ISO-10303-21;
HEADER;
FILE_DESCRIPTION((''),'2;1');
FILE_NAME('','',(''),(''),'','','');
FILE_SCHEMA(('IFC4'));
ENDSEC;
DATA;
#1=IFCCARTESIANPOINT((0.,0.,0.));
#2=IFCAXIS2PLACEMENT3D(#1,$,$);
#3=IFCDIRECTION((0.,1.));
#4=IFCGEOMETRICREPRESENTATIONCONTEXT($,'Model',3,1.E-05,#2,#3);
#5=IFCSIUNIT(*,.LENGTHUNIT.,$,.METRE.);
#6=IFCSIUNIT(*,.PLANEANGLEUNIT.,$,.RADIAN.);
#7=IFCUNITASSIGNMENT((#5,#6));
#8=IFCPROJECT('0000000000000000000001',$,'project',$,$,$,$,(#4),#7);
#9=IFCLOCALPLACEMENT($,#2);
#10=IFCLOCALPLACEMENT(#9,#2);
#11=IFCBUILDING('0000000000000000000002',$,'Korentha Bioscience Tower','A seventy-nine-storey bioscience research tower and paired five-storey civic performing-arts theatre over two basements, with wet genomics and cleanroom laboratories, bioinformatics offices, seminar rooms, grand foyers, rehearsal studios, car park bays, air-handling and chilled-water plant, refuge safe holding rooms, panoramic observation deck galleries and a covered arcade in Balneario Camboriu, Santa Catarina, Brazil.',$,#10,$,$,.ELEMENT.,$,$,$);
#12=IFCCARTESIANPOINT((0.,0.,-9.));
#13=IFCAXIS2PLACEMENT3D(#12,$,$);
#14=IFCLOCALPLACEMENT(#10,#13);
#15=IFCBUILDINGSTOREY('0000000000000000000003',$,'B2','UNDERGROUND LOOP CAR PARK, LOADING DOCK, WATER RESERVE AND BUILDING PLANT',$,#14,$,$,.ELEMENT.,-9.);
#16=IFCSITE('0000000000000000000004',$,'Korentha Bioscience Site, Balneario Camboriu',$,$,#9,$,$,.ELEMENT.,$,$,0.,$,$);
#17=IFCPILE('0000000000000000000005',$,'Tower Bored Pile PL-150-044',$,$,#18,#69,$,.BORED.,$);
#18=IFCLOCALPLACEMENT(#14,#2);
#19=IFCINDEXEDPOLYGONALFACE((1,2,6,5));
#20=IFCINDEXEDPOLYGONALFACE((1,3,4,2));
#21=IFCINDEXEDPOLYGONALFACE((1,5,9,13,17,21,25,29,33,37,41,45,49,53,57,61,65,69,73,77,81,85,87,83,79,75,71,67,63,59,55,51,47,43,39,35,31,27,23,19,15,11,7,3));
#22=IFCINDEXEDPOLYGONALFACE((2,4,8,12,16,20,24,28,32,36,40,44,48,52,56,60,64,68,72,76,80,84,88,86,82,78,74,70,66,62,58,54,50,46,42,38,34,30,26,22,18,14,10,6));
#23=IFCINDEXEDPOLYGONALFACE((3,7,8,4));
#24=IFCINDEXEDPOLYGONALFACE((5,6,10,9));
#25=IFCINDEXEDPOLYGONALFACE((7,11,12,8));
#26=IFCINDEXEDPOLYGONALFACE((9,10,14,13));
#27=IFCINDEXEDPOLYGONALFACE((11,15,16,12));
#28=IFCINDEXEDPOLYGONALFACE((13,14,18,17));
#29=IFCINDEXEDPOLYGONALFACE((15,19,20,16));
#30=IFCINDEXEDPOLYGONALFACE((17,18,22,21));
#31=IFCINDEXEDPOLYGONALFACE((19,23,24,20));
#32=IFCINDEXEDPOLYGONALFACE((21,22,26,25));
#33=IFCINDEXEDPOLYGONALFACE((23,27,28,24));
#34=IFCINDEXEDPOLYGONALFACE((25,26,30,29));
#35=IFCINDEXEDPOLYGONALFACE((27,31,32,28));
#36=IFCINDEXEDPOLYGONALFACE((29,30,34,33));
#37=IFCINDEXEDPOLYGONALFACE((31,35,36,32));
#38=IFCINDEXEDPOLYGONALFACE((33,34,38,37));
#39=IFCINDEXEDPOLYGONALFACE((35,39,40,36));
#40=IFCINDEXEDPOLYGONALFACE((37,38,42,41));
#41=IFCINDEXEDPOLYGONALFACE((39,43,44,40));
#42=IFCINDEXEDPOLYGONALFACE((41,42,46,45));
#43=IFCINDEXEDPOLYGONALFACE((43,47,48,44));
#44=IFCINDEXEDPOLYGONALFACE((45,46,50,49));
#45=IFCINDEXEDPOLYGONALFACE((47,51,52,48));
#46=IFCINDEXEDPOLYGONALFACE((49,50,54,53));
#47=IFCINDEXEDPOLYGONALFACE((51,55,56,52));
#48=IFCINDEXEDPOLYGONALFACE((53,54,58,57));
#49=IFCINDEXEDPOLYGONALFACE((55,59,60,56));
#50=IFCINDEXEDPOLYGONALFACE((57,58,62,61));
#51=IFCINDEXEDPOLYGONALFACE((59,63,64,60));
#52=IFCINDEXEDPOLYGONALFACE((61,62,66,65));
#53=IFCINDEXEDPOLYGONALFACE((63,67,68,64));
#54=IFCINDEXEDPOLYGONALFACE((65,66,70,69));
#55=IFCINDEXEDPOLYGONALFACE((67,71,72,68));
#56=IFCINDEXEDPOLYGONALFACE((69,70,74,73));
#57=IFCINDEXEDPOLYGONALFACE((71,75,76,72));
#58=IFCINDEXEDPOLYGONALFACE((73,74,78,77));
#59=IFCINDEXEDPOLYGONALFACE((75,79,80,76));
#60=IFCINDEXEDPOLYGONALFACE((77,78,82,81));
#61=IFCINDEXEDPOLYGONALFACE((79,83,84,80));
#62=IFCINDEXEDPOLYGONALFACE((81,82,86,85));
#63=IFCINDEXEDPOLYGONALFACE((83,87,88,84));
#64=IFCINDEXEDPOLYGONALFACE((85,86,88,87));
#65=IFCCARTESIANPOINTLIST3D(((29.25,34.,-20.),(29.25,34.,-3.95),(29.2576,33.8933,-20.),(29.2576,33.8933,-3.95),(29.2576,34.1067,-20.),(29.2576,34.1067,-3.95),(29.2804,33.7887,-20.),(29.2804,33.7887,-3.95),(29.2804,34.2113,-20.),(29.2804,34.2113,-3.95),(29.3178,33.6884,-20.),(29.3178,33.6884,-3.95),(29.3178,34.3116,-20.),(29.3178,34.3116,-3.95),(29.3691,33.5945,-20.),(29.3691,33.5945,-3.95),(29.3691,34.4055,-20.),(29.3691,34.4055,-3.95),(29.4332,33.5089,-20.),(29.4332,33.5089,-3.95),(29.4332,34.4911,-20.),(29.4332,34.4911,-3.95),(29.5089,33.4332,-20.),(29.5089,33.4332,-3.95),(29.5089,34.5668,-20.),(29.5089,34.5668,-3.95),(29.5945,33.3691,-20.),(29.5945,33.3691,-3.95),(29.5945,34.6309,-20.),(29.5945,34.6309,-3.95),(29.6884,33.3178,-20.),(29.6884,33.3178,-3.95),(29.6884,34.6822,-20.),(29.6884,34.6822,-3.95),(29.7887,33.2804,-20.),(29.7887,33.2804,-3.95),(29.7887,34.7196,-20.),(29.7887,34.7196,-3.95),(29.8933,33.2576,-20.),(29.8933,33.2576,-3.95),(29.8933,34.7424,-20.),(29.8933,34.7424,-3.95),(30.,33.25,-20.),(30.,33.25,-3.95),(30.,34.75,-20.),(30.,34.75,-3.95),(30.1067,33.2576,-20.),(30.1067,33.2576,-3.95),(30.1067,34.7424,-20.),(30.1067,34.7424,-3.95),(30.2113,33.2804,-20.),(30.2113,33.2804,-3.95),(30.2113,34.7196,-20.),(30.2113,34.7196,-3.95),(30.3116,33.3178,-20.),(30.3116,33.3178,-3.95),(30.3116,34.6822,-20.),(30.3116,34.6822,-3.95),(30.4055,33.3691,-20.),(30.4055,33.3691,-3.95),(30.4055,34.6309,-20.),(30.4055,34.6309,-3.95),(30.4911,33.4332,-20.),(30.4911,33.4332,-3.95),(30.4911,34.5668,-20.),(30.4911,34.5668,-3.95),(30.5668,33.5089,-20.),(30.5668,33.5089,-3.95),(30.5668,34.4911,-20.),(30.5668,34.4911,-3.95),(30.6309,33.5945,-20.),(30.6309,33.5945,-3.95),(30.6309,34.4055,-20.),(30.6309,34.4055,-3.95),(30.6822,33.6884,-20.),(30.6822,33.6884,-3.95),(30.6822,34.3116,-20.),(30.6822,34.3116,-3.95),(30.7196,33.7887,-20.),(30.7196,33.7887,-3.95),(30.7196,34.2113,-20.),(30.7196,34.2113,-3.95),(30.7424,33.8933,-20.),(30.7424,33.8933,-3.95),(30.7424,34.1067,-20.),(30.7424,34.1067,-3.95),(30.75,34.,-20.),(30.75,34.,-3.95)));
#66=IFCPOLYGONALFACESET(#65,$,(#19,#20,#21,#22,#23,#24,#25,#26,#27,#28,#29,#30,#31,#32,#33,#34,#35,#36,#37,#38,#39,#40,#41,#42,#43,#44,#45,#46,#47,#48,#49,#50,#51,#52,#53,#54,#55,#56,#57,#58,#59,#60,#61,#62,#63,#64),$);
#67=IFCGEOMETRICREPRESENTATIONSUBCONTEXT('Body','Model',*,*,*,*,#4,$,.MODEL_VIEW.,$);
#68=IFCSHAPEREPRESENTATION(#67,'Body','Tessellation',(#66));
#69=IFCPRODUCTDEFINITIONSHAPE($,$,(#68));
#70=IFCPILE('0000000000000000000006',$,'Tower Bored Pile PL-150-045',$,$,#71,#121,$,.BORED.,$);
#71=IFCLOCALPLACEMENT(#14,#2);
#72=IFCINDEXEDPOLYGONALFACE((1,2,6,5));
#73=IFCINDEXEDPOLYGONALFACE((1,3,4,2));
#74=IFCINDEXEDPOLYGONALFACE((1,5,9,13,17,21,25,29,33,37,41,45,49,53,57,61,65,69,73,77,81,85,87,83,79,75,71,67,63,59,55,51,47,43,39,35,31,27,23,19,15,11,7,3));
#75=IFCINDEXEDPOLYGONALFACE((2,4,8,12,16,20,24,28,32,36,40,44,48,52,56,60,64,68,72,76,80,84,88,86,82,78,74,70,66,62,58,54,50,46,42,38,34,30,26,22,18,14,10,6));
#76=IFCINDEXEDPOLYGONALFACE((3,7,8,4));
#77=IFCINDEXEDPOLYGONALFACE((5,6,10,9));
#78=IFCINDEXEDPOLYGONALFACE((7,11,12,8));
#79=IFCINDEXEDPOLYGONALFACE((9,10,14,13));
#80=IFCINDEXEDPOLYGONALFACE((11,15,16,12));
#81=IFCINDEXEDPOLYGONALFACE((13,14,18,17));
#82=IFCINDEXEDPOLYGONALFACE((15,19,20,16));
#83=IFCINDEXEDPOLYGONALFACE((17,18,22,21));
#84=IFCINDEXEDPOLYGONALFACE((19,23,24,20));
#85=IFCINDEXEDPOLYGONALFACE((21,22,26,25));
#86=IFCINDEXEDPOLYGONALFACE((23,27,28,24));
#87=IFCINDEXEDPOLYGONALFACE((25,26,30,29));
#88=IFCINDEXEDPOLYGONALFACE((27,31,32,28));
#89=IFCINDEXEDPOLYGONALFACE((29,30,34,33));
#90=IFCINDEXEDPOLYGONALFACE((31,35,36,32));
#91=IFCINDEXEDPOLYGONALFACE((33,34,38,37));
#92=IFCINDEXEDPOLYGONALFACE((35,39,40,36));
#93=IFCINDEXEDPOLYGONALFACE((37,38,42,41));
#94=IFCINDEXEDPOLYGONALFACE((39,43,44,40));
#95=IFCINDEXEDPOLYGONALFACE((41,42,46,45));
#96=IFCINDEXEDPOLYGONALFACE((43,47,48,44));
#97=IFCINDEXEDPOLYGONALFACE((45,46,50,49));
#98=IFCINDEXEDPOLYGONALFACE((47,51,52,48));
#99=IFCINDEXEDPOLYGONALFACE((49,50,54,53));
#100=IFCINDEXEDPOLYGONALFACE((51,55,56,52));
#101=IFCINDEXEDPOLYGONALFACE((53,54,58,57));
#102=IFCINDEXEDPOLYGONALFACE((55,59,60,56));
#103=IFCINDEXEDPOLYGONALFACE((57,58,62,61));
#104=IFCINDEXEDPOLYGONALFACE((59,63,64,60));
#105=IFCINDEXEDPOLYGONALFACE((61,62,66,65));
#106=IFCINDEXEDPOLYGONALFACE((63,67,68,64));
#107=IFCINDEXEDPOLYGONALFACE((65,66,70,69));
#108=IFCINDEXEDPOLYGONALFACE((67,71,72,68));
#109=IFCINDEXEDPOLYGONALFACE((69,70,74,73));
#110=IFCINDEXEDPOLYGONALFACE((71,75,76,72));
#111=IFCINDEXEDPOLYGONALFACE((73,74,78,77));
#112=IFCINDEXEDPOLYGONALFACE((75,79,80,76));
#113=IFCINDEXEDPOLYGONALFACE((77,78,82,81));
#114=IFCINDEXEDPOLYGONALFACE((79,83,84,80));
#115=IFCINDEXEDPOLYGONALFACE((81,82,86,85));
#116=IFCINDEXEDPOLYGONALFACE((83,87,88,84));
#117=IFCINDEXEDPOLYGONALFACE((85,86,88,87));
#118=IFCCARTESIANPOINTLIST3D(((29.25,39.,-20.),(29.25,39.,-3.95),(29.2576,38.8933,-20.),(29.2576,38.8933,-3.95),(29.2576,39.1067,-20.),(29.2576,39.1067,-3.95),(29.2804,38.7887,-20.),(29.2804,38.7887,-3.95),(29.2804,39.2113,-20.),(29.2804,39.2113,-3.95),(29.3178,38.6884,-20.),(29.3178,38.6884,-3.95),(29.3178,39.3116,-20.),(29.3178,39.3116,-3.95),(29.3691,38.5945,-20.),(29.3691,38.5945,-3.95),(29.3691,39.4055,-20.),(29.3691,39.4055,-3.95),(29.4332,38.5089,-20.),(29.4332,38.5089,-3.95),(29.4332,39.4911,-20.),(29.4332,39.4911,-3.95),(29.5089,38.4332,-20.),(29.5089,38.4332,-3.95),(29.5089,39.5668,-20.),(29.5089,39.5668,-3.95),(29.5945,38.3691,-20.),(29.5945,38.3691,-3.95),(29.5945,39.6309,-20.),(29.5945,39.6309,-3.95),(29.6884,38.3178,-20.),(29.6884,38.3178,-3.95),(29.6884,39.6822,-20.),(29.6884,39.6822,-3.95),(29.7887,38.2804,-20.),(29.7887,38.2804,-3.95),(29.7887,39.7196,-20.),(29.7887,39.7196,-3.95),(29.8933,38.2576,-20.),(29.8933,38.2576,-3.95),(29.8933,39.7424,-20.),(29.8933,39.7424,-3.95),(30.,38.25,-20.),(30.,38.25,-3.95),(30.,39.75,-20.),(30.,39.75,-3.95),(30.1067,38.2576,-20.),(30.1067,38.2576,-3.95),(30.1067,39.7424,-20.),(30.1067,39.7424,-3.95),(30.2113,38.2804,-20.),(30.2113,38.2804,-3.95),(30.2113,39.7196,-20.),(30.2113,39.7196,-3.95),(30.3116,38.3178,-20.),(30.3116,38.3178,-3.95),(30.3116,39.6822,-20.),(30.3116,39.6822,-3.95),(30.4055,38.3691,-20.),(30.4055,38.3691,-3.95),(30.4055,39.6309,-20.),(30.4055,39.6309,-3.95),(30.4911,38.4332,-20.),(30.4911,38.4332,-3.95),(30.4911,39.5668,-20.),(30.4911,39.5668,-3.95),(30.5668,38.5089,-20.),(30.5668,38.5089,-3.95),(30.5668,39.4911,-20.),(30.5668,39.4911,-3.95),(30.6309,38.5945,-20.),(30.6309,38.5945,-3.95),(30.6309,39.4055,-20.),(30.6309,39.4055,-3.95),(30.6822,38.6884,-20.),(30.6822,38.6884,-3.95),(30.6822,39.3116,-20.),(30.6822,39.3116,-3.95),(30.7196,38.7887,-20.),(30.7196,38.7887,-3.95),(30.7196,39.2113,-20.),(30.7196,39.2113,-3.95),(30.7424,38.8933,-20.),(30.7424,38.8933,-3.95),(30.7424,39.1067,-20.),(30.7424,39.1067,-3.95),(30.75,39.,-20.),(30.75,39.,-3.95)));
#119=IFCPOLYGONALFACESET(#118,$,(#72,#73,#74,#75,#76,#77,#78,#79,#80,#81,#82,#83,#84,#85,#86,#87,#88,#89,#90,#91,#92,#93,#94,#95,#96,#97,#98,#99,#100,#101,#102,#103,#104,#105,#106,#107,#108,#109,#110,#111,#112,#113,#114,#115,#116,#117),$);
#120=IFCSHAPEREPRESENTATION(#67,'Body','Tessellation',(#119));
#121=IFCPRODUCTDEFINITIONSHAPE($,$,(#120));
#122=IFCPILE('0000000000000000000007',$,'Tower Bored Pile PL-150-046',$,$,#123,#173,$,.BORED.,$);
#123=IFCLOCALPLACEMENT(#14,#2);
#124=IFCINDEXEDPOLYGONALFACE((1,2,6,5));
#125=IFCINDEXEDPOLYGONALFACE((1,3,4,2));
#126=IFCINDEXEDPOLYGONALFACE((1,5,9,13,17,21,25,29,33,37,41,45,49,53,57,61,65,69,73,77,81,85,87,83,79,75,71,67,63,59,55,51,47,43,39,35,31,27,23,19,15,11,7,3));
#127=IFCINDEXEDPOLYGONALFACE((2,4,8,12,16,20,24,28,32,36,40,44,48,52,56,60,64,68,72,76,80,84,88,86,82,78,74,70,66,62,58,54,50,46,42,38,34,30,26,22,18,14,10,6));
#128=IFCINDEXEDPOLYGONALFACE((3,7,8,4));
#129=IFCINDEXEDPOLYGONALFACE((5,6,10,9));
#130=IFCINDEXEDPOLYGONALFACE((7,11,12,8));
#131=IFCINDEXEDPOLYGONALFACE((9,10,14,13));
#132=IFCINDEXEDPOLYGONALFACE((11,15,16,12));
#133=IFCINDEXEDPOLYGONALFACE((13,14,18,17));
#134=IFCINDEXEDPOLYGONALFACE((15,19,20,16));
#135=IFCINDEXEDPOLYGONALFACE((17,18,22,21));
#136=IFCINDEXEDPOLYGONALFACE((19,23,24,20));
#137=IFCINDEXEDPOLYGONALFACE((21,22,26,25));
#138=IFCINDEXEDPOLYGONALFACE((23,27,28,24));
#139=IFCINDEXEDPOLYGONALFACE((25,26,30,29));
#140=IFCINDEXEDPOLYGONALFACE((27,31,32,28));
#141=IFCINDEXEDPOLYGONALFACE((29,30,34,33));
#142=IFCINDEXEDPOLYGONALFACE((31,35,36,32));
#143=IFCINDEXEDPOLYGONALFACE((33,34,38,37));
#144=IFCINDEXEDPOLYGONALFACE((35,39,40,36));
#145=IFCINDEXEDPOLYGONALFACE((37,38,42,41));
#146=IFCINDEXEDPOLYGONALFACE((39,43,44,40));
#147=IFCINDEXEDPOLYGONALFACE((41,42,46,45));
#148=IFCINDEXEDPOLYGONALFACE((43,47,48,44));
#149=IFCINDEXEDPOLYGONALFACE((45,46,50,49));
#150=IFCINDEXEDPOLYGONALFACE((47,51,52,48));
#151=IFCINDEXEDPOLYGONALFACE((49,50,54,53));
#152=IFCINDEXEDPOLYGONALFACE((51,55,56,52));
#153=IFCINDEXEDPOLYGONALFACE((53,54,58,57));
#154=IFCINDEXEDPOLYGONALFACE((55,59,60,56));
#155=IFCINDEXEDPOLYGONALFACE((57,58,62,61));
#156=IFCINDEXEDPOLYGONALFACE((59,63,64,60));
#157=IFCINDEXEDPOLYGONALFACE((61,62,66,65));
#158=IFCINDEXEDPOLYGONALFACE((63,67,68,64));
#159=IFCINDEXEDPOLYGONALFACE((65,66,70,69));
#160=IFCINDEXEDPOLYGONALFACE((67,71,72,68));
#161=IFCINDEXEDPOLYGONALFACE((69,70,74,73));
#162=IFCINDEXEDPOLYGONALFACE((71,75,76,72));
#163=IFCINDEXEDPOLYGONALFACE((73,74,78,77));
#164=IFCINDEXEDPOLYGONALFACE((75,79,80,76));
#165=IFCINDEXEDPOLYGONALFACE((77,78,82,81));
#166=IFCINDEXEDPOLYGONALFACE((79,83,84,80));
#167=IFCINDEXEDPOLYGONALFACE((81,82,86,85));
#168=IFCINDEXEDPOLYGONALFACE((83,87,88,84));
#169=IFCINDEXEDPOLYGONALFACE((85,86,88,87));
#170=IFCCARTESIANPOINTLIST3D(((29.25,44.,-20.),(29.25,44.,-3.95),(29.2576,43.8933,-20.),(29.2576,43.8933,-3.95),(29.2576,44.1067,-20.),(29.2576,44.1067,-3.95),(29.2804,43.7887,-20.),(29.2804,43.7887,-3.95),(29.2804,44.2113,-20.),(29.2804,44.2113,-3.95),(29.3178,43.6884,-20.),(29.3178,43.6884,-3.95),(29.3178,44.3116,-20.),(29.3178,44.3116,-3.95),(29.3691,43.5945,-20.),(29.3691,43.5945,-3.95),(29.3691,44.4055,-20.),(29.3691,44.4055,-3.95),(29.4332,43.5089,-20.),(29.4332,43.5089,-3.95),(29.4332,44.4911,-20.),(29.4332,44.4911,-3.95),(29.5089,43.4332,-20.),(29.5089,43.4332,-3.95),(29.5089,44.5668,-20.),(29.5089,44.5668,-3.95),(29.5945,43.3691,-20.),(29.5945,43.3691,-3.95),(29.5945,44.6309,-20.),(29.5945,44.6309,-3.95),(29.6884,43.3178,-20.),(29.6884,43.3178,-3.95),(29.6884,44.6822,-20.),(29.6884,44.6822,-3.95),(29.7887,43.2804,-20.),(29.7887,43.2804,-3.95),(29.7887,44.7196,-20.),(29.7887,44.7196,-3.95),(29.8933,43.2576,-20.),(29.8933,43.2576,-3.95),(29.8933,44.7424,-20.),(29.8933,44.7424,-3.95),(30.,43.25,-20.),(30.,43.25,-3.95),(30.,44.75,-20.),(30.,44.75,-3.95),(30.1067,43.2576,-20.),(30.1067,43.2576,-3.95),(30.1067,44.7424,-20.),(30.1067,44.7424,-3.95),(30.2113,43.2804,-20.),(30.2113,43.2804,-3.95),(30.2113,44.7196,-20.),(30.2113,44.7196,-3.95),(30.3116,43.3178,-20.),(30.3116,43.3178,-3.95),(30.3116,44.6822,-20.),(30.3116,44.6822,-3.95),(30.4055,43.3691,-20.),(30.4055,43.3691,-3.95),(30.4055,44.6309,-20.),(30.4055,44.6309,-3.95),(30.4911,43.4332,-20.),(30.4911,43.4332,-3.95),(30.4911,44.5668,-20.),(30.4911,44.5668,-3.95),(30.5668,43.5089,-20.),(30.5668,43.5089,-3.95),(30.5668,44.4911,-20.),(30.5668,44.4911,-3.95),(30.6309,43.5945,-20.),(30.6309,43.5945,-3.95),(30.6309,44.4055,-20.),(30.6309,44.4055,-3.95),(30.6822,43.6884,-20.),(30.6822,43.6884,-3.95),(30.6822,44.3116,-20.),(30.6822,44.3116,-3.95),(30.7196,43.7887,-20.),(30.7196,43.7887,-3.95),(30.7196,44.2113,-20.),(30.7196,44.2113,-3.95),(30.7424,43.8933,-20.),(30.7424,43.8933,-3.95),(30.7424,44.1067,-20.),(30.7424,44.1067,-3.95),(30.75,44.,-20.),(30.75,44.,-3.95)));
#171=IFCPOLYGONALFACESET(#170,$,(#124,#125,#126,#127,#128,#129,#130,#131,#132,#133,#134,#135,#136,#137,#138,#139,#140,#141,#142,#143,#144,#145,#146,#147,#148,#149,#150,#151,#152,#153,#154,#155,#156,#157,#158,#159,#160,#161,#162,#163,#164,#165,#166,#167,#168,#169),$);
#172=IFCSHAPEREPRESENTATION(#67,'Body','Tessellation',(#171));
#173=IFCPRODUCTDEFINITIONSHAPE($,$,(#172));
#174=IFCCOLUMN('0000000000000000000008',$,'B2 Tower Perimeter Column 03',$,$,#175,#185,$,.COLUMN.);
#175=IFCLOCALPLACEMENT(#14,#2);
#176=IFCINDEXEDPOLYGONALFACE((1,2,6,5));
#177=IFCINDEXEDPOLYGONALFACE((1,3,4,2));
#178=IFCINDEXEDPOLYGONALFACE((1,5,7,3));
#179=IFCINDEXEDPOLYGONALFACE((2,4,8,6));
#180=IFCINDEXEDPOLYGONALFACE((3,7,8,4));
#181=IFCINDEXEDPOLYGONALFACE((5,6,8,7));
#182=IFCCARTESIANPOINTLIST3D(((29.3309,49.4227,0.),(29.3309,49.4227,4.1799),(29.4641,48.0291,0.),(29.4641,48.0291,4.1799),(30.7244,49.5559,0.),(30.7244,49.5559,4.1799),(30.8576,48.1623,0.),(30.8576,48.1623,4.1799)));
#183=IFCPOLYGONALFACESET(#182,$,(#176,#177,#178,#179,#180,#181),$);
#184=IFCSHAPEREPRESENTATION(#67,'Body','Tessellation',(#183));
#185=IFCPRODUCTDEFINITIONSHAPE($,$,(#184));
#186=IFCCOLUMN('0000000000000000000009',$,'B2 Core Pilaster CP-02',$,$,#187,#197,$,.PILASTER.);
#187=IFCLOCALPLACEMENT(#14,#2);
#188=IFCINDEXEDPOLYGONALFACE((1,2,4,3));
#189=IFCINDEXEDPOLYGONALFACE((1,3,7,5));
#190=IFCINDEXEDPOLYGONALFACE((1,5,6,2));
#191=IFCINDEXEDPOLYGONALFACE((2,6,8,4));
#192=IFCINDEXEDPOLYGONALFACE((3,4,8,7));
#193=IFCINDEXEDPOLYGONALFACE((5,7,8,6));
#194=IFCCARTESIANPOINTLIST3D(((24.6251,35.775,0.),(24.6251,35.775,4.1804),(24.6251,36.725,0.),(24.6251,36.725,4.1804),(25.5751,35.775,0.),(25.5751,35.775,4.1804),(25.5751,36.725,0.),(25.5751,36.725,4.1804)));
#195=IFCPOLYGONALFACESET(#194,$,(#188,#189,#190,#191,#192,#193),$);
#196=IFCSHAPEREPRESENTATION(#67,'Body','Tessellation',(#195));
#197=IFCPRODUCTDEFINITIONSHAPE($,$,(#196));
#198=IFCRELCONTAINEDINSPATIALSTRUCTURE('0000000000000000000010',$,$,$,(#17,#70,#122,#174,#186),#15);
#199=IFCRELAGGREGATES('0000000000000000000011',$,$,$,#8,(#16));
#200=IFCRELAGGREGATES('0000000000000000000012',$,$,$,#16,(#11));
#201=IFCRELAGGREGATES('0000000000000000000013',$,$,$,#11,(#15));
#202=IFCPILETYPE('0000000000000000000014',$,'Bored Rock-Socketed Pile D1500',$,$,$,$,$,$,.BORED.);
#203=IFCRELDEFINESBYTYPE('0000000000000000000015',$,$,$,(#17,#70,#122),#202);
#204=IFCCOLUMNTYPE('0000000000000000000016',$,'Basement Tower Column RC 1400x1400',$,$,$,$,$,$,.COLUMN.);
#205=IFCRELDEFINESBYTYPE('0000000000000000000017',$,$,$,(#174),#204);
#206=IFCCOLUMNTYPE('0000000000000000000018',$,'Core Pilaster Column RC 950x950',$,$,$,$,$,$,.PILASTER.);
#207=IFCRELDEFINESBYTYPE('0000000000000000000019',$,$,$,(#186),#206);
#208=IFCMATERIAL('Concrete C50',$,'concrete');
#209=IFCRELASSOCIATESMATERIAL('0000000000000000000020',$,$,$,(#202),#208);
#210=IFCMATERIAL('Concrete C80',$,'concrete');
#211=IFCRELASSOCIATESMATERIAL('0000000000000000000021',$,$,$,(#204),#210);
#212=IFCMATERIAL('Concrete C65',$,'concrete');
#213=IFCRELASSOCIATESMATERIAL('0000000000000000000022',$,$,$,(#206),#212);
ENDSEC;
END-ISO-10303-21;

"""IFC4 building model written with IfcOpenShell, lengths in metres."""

from ifc_helpers import new_model, si_unit, direction, frame, origin, origin_2d, place, context, subcontext, project, spatial, rectangle, circle, extrude, material, material_profile, profile_set, type_object, element, save


model = new_model("IFC4")

# Units and contexts
model_context = context("Model", 3, precision=1e-05, world=origin(), true_north=direction((0.0, 1.0)))
body_context = subcontext(model_context, "Body", "Model", "MODEL_VIEW")
ifc_project = project(units=[si_unit("LENGTHUNIT", "METRE"), si_unit("PLANEANGLEUNIT", "RADIAN")], contexts=[model_context])

# Site, building, storey
site_placement = place(None, origin())
site = spatial("IfcSite", under=ifc_project, at=site_placement, Name="Korentha Bioscience Site, Balneario Camboriu", CompositionType="ELEMENT", RefElevation=0.0)
building_placement = place(site_placement, origin())
building = spatial("IfcBuilding", under=site, at=building_placement, Name="Korentha Bioscience Tower", Description="A seventy-nine-storey bioscience research tower and paired five-storey civic performing-arts theatre over two basements, with wet genomics and cleanroom laboratories, bioinformatics offices, seminar rooms, grand foyers, rehearsal studios, car park bays, air-handling and chilled-water plant, refuge safe holding rooms, panoramic observation deck galleries and a covered arcade in Balneario Camboriu, Santa Catarina, Brazil.", CompositionType="ELEMENT")
storey_placement = place(building_placement, frame((0.0, 0.0, -9.0)))
storey = spatial("IfcBuildingStorey", under=building, at=storey_placement, Name="B2", Description="UNDERGROUND LOOP CAR PARK, LOADING DOCK, WATER RESERVE AND BUILDING PLANT", CompositionType="ELEMENT", Elevation=-9.0)

# Piles
ifc_material_1 = material(Name="Concrete C50", Category="concrete")
ifc_material_profile_1 = material_profile(ifc_material_1, circle(Radius=0.75, at=origin_2d()), Name="Concrete C50")
ifc_profile_set_1 = profile_set([ifc_material_profile_1], Name="Concrete C50 (PL-150)")
pile_type = type_object("IfcPileType", Name="Bored Rock-Socketed Pile D1500", PredefinedType="BORED", material=ifc_profile_set_1)
for number, where, z_axis, x_axis, name in (
    (1, (30.0, 34.0, -3.95), (0.0, 0.0, -1.0), (1.0, 0.0, 0.0), "Tower Bored Pile PL-150-044"),
    (2, (30.0, 39.0, -3.95), (0.0, 0.0, -1.0), (1.0, 0.0, 0.0), "Tower Bored Pile PL-150-045"),
    (3, (30.0, 44.0, -3.95), (0.0, 0.0, -1.0), (1.0, 0.0, 0.0), "Tower Bored Pile PL-150-046"),
):
    element("IfcPile", number, at=place(storey_placement, frame(where, z_axis=z_axis, x_axis=x_axis)), inside=storey, type_object=pile_type, Name=name, PredefinedType="BORED", context=body_context, shape_type="SweptSolid", body=[
        extrude(circle(Radius=0.75, at=origin_2d()), origin(), (0.0, 0.0, 1.0), 16.05),
    ])

# Columns
ifc_material_2 = material(Name="Concrete C80", Category="concrete")
ifc_material_profile_2 = material_profile(ifc_material_2, rectangle(XDim=1.3999, YDim=1.3999, at=origin_2d()), Name="Concrete C80")
ifc_profile_set_2 = profile_set([ifc_material_profile_2], Name="Concrete C80 (COL-B14)")
column_type_1 = type_object("IfcColumnType", Name="Basement Tower Column RC 1400x1400", PredefinedType="COLUMN", material=ifc_profile_set_2)
column_1_placement = place(storey_placement, frame((30.0942, 48.7925, 0.0), z_axis=(0.0, 0.0, 1.0), x_axis=(0.995463, 0.095151, 0.0)))
element("IfcColumn", 4, at=column_1_placement, inside=storey, type_object=column_type_1, Name="B2 Tower Perimeter Column 03", PredefinedType="COLUMN", context=body_context, shape_type="SweptSolid", body=[
    extrude(rectangle(XDim=1.3999, YDim=1.3999, at=origin_2d()), origin(), (0.0, 0.0, 1.0), 4.1799),
])
ifc_material_3 = material(Name="Concrete C65", Category="concrete")
ifc_material_profile_3 = material_profile(ifc_material_3, rectangle(XDim=0.95, YDim=0.95, at=origin_2d()), Name="Concrete C65")
ifc_profile_set_3 = profile_set([ifc_material_profile_3], Name="Concrete C65 (COL-CP09)")
column_type_2 = type_object("IfcColumnType", Name="Core Pilaster Column RC 950x950", PredefinedType="PILASTER", material=ifc_profile_set_3)
column_2_placement = place(storey_placement, frame((25.1001, 36.25, 0.0), z_axis=(0.0, 0.0, 1.0), x_axis=(1.0, 0.0, 0.0)))
element("IfcColumn", 5, at=column_2_placement, inside=storey, type_object=column_type_2, Name="B2 Core Pilaster CP-02", PredefinedType="PILASTER", context=body_context, shape_type="SweptSolid", body=[
    extrude(rectangle(XDim=0.95, YDim=0.95, at=origin_2d()), origin(), (0.0, 0.0, 1.0), 4.1804),
])

save(model, "model.ifc")
